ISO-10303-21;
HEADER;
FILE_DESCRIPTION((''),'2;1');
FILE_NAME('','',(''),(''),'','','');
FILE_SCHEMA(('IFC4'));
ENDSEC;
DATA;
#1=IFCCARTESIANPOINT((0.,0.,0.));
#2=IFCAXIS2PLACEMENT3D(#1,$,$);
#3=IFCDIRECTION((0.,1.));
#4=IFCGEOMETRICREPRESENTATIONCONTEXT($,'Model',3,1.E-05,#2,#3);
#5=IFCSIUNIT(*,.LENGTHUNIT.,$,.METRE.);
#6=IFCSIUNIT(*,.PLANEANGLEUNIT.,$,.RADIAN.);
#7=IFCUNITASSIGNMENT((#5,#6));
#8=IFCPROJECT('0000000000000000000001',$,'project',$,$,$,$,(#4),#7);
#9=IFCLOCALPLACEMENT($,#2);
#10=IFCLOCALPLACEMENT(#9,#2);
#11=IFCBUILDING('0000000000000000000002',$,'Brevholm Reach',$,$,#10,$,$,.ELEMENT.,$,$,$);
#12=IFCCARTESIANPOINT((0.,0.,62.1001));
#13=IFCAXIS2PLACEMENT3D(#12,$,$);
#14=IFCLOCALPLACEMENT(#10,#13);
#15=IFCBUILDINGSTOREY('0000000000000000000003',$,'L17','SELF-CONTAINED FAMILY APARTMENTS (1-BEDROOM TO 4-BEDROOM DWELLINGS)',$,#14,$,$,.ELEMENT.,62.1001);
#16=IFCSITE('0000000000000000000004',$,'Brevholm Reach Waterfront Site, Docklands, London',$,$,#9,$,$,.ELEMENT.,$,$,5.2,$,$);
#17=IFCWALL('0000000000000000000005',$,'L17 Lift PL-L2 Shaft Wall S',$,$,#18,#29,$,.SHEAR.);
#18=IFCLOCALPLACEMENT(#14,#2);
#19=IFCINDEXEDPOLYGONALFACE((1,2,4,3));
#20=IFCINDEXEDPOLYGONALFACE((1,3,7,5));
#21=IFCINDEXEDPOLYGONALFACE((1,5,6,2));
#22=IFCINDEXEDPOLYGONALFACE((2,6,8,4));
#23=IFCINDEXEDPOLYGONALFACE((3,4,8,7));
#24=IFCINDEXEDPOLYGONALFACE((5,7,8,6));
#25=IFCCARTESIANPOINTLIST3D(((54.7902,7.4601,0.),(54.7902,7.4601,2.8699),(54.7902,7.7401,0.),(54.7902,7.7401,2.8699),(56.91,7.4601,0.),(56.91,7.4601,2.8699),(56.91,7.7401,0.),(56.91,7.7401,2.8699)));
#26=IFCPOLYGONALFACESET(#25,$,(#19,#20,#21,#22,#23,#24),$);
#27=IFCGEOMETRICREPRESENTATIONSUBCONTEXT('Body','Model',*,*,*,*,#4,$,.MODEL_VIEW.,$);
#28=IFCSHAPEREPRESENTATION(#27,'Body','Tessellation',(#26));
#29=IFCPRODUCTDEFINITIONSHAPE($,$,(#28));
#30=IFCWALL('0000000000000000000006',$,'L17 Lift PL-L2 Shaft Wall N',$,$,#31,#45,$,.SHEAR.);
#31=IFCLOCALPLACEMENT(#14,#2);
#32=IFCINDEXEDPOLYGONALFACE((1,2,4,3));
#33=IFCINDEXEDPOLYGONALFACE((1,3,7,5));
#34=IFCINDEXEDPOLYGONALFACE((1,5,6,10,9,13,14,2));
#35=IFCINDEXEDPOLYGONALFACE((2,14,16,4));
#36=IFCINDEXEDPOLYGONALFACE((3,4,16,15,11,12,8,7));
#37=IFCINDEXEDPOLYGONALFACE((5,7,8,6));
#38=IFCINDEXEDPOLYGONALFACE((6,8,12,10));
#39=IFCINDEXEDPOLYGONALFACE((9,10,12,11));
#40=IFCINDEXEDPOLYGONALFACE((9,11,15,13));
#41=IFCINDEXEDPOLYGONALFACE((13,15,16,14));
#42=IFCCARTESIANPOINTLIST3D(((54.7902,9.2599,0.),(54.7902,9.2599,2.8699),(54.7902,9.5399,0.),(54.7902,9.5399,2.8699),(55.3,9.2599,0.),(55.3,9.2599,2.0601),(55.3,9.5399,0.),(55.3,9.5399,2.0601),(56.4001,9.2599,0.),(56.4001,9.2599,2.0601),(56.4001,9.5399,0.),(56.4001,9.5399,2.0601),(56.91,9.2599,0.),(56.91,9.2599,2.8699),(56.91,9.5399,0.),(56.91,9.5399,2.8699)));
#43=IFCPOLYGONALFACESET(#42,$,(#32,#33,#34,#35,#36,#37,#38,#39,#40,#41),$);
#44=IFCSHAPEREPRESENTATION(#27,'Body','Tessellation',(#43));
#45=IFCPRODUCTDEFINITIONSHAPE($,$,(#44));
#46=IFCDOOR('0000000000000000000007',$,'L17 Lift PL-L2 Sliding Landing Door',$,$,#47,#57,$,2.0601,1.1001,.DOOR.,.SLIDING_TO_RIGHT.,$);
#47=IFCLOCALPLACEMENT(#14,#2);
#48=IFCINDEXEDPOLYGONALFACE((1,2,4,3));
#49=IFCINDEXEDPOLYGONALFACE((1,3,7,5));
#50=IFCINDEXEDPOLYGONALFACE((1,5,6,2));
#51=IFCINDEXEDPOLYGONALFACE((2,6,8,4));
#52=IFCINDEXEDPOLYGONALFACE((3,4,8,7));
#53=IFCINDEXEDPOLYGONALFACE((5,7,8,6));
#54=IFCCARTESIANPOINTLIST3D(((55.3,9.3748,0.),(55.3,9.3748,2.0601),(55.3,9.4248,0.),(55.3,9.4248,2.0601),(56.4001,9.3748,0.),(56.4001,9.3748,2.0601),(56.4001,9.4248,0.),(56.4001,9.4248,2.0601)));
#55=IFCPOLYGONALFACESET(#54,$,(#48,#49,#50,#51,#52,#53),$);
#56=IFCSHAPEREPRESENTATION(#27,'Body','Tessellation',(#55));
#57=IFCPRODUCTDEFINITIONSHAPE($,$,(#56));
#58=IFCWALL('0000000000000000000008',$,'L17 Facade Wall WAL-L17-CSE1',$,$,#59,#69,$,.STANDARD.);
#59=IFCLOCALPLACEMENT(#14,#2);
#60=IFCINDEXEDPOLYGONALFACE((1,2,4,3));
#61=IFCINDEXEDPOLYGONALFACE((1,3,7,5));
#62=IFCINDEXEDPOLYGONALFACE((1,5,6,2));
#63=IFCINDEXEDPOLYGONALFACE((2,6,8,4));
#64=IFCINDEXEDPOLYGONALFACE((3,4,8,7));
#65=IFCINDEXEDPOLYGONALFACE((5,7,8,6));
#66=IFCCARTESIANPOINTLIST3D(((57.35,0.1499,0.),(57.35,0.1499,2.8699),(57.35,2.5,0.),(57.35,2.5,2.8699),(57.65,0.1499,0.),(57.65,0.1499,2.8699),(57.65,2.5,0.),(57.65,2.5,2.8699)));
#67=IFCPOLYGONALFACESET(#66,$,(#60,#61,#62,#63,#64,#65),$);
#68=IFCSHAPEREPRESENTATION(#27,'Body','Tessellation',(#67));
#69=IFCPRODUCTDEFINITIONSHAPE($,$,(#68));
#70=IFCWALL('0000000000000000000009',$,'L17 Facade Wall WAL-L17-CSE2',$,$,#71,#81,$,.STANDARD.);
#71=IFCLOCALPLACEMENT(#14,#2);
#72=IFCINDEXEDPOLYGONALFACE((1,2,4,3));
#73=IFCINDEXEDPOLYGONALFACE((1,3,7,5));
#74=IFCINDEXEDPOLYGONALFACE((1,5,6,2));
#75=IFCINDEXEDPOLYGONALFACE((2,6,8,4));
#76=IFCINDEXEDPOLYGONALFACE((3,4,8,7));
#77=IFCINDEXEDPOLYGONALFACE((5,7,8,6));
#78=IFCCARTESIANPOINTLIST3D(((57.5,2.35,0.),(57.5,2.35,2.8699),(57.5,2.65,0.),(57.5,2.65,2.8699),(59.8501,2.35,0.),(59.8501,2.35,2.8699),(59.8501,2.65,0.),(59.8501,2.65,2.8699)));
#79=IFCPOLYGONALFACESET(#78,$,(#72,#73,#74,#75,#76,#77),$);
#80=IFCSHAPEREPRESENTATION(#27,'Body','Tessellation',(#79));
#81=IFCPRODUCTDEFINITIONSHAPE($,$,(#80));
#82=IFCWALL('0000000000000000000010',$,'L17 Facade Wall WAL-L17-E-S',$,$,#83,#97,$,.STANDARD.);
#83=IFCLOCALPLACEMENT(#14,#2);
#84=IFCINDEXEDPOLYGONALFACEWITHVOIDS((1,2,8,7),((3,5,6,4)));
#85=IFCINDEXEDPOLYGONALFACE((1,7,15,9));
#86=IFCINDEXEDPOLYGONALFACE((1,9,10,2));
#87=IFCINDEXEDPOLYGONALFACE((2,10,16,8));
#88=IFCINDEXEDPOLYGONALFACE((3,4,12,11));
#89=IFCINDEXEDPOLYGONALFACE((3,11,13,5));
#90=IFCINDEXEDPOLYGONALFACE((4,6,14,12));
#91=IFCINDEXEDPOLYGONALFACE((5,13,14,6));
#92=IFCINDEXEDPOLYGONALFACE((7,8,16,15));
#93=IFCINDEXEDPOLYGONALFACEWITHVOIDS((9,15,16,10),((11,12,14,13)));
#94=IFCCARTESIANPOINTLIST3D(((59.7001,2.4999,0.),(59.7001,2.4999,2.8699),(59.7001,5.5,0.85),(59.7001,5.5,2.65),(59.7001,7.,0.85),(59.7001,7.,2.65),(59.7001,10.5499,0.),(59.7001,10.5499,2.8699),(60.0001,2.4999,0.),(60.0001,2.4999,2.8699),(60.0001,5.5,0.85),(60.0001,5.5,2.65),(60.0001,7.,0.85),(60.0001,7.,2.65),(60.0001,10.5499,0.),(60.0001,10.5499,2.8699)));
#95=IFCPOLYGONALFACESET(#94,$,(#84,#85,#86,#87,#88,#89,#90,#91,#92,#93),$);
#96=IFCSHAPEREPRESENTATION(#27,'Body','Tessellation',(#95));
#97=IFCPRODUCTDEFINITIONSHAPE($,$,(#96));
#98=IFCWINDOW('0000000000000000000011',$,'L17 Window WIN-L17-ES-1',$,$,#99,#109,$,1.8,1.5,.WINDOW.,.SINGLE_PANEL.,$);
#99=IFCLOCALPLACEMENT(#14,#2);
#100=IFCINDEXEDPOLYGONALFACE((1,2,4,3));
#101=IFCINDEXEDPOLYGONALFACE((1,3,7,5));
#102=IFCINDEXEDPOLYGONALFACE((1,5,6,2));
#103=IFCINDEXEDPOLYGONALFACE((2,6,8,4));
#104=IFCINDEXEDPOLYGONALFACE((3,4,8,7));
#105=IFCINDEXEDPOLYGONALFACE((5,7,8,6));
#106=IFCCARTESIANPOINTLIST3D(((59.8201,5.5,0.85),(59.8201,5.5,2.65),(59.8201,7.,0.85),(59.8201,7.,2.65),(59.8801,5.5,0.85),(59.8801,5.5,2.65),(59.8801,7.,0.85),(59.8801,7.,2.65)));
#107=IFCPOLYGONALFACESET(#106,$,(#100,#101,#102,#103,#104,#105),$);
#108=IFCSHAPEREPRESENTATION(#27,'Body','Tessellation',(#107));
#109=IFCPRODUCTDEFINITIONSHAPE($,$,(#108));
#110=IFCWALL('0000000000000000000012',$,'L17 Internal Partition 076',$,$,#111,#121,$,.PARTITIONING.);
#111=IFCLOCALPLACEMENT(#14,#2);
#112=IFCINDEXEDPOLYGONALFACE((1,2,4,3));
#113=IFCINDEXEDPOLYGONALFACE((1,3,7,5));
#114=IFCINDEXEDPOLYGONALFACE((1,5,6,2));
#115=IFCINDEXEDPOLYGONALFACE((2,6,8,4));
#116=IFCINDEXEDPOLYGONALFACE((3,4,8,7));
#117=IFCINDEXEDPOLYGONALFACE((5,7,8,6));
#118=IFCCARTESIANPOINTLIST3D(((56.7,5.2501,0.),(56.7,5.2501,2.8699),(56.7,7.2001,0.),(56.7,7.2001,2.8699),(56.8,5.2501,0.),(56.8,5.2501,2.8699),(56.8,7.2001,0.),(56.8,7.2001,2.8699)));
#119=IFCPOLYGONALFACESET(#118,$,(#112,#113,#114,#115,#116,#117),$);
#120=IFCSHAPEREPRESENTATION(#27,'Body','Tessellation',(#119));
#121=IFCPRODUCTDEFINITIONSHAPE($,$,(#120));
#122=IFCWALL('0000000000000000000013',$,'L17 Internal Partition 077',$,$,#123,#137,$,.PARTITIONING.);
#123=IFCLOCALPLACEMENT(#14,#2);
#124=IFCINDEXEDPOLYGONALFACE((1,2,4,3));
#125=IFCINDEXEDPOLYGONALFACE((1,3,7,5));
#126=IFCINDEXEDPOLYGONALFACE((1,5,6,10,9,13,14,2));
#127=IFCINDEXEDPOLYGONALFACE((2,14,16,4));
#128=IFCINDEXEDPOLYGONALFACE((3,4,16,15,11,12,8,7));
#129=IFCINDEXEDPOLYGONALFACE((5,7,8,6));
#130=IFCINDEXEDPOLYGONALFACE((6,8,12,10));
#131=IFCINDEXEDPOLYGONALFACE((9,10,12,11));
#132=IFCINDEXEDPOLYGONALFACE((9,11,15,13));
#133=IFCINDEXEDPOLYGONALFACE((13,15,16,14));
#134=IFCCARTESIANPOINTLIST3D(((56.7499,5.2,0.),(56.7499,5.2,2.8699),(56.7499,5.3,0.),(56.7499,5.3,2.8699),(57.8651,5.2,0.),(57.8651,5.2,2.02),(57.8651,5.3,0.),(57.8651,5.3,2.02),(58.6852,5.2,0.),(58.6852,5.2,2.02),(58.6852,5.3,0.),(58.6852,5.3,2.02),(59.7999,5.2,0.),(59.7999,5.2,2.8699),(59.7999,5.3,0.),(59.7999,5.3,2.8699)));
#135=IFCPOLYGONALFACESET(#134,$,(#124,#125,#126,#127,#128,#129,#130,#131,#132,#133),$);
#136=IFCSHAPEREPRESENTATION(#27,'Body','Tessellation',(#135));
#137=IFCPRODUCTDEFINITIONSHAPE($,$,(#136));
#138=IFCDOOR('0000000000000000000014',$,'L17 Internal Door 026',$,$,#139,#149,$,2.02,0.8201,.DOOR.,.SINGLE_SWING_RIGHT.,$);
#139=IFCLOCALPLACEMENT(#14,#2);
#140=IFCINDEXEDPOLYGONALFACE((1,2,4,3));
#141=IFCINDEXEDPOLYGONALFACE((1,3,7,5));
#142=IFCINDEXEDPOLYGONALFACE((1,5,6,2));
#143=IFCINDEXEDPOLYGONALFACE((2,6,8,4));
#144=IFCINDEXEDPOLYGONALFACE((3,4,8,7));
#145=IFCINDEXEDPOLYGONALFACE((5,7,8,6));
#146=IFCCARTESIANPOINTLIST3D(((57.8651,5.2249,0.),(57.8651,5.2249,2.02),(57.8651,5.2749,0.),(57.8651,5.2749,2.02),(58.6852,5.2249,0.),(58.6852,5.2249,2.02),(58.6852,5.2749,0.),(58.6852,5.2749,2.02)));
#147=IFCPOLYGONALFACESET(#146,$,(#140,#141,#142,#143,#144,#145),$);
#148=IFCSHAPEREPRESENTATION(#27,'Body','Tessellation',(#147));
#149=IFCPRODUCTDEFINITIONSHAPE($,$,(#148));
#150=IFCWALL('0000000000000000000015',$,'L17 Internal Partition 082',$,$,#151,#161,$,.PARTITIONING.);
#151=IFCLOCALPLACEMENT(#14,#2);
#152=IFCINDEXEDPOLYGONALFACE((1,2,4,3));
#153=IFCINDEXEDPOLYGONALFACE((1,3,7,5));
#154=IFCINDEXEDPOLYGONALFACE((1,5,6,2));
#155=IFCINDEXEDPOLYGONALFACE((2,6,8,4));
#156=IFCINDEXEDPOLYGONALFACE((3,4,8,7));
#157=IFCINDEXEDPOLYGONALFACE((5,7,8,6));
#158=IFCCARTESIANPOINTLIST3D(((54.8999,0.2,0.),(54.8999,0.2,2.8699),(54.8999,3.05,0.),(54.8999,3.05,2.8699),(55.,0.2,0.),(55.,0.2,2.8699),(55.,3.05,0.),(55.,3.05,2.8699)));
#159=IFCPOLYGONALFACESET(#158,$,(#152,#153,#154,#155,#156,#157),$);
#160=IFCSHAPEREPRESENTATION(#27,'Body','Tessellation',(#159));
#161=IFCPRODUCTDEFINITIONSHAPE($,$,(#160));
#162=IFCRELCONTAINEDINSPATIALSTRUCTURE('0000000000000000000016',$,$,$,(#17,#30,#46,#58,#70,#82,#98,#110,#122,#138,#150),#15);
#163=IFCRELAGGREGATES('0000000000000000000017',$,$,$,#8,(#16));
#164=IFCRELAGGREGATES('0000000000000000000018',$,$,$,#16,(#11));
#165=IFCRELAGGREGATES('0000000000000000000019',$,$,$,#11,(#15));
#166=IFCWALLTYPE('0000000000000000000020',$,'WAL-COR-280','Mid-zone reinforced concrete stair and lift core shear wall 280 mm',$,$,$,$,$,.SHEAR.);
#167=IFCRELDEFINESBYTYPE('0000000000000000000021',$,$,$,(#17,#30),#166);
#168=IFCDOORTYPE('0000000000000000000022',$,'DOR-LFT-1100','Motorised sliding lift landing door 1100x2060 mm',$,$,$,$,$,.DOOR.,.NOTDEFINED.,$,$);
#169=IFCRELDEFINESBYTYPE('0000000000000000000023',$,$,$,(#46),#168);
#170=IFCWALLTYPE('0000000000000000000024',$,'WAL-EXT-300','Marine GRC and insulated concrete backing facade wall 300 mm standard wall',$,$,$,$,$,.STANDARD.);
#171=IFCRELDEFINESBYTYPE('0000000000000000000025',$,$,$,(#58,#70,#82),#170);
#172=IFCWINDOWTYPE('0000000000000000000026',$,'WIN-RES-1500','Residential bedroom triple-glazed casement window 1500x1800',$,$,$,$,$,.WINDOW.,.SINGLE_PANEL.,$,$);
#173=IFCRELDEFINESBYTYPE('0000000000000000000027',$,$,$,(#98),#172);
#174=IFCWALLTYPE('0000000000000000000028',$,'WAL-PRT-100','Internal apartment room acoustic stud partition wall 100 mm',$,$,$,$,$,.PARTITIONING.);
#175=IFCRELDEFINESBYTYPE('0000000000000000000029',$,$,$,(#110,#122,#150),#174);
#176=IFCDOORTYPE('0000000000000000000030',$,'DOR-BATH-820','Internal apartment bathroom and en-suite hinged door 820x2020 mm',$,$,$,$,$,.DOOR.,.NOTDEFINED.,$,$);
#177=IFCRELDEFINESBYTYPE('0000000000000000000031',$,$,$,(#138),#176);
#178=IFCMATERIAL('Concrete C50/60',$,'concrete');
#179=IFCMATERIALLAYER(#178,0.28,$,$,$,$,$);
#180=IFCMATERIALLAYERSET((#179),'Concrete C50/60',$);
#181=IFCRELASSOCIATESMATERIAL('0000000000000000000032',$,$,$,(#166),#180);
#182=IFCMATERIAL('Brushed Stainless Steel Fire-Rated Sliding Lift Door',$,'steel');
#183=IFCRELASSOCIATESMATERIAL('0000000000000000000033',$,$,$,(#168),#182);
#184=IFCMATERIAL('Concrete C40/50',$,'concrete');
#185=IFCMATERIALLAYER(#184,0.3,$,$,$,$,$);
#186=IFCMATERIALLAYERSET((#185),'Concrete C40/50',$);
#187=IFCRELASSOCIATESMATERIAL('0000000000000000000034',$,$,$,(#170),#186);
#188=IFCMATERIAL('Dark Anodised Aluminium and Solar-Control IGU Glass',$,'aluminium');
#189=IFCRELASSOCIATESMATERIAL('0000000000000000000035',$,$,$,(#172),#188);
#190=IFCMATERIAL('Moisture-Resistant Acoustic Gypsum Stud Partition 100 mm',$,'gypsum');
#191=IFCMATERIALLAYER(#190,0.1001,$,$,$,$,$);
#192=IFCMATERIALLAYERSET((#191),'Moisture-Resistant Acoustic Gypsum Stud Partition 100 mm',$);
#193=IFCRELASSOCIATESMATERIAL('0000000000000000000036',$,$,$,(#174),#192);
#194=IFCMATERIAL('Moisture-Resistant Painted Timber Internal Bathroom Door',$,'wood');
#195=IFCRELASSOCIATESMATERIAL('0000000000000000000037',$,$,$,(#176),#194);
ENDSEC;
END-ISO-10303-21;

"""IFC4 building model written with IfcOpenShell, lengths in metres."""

from ifc_helpers import new_model, si_unit, direction, frame, frame_2d, origin, place, context, subcontext, project, spatial, rectangle, extrude, material, layer, layer_set, type_object, element, fill, save


model = new_model("IFC4")

# Units and contexts
model_context = context("Model", 3, precision=1e-05, world=origin(), true_north=direction((0.0, 1.0)))
body_context = subcontext(model_context, "Body", "Model", "MODEL_VIEW")
ifc_project = project(units=[si_unit("LENGTHUNIT", "METRE"), si_unit("PLANEANGLEUNIT", "RADIAN")], contexts=[model_context])

# Site, building, storey
site_placement = place(None, origin())
site = spatial("IfcSite", under=ifc_project, at=site_placement, Name="Brevholm Reach Waterfront Site, Docklands, London", CompositionType="ELEMENT", RefElevation=5.2)
building_placement = place(site_placement, origin())
building = spatial("IfcBuilding", under=site, at=building_placement, Name="Brevholm Reach", CompositionType="ELEMENT")
storey_placement = place(building_placement, frame((0.0, 0.0, 62.1001)))
storey = spatial("IfcBuildingStorey", under=building, at=storey_placement, Name="L17", Description="SELF-CONTAINED FAMILY APARTMENTS (1-BEDROOM TO 4-BEDROOM DWELLINGS)", CompositionType="ELEMENT", Elevation=62.1001)

# Wall
ifc_material_1 = material(Name="Concrete C50/60", Category="concrete")
ifc_layer_1 = layer(ifc_material_1, 0.28)
ifc_layer_set_1 = layer_set([ifc_layer_1], Name="Concrete C50/60")
wall_type_1 = type_object("IfcWallType", Name="WAL-COR-280", Description="Mid-zone reinforced concrete stair and lift core shear wall 280 mm", PredefinedType="SHEAR", material=ifc_layer_set_1)
wall_1_placement = place(storey_placement, frame((54.79, 7.6001, 0.0), z_axis=(0.0, 0.0, 1.0), x_axis=(1.0, 0.0, 0.0)))
element("IfcWall", 1, at=wall_1_placement, inside=storey, type_object=wall_type_1, Name="L17 Lift PL-L2 Shaft Wall S", PredefinedType="SHEAR", context=body_context, shape_type="SweptSolid", body=[
    extrude(rectangle(XDim=2.1199, YDim=0.28, at=frame_2d((1.0601, 0.0))), origin(), (0.0, 0.0, 1.0), 2.8699),
])

# Wall, opening, door
wall_2_placement = place(storey_placement, frame((54.79, 9.3999, 0.0), z_axis=(0.0, 0.0, 1.0), x_axis=(1.0, 0.0, 0.0)))
wall_2 = element("IfcWall", 2, at=wall_2_placement, inside=storey, type_object=wall_type_1, Name="L17 Lift PL-L2 Shaft Wall N", PredefinedType="SHEAR", context=body_context, shape_type="SweptSolid", body=[
    extrude(rectangle(XDim=2.1199, YDim=0.28, at=frame_2d((1.0601, 0.0))), origin(), (0.0, 0.0, 1.0), 2.8699),
])
opening_1_placement = place(wall_2_placement, frame((0.51, 0.0, 0.0)))
opening_1 = element("IfcOpeningElement", 3, at=opening_1_placement, cuts=wall_2, PredefinedType="OPENING", context=body_context, shape_type="SweptSolid", body=[
    extrude(rectangle(XDim=1.1001, YDim=2.0601, at=frame_2d((0.55, 1.03))), frame((0.0, 0.1499, 0.0), z_axis=(0.0, -1.0, 0.0), x_axis=(1.0, 0.0, 0.0)), (0.0, 0.0, 1.0), 0.3),
])
ifc_material_2 = material(Name="Brushed Stainless Steel Fire-Rated Sliding Lift Door", Category="steel")
door_type_1 = type_object("IfcDoorType", Name="DOR-LFT-1100", Description="Motorised sliding lift landing door 1100x2060 mm", OperationType="NOTDEFINED", PredefinedType="DOOR", material=ifc_material_2)
door_1_placement = place(opening_1_placement, origin())
door_1 = element("IfcDoor", 4, at=door_1_placement, inside=storey, type_object=door_type_1, Name="L17 Lift PL-L2 Sliding Landing Door", OperationType="SLIDING_TO_RIGHT", OverallHeight=2.0601, OverallWidth=1.1001, PredefinedType="DOOR", context=body_context, shape_type="SweptSolid", body=[
    extrude(rectangle(XDim=1.1001, YDim=2.0601, at=frame_2d((0.55, 1.03))), frame((0.0, 0.0249, 0.0), z_axis=(0.0, -1.0, 0.0), x_axis=(1.0, 0.0, 0.0)), (0.0, 0.0, 1.0), 0.05),
])
fill(opening_1, door_1)

# Walls
ifc_material_3 = material(Name="Concrete C40/50", Category="concrete")
ifc_layer_2 = layer(ifc_material_3, 0.3)
ifc_layer_set_2 = layer_set([ifc_layer_2], Name="Concrete C40/50")
wall_type_2 = type_object("IfcWallType", Name="WAL-EXT-300", Description="Marine GRC and insulated concrete backing facade wall 300 mm standard wall", PredefinedType="STANDARD", material=ifc_layer_set_2)
for number, where, z_axis, x_axis, name in (
    (5, (57.5, 0.1499, 0.0), (0.0, 0.0, 1.0), (0.0, 1.0, 0.0), "L17 Facade Wall WAL-L17-CSE1"),
    (6, (57.5, 2.5, 0.0), (0.0, 0.0, 1.0), (1.0, 0.0, 0.0), "L17 Facade Wall WAL-L17-CSE2"),
):
    element("IfcWall", number, at=place(storey_placement, frame(where, z_axis=z_axis, x_axis=x_axis)), inside=storey, type_object=wall_type_2, Name=name, PredefinedType="STANDARD", context=body_context, shape_type="SweptSolid", body=[
        extrude(rectangle(XDim=2.3501, YDim=0.3, at=frame_2d((1.175, 0.0))), origin(), (0.0, 0.0, 1.0), 2.8699),
    ])

# Wall, opening, window
wall_3_placement = place(storey_placement, frame((59.8501, 2.5, 0.0), z_axis=(0.0, 0.0, 1.0), x_axis=(0.0, 1.0, 0.0)))
wall_3 = element("IfcWall", 7, at=wall_3_placement, inside=storey, type_object=wall_type_2, Name="L17 Facade Wall WAL-L17-E-S", PredefinedType="STANDARD", context=body_context, shape_type="SweptSolid", body=[
    extrude(rectangle(XDim=8.05, YDim=0.3, at=frame_2d((4.0249, 0.0))), origin(), (0.0, 0.0, 1.0), 2.8699),
])
opening_2_placement = place(wall_3_placement, frame((3.0, 0.0, 0.8501)))
opening_2 = element("IfcOpeningElement", 8, at=opening_2_placement, cuts=wall_3, PredefinedType="OPENING", context=body_context, shape_type="SweptSolid", body=[
    extrude(rectangle(XDim=1.5, YDim=1.8, at=frame_2d((0.75, 0.8999))), frame((0.0, 0.1599, 0.0), z_axis=(0.0, -1.0, 0.0), x_axis=(1.0, 0.0, 0.0)), (0.0, 0.0, 1.0), 0.3201),
])
ifc_material_4 = material(Name="Dark Anodised Aluminium and Solar-Control IGU Glass", Category="aluminium")
window_type = type_object("IfcWindowType", Name="WIN-RES-1500", Description="Residential bedroom triple-glazed casement window 1500x1800", PartitioningType="SINGLE_PANEL", PredefinedType="WINDOW", material=ifc_material_4)
window_placement = place(opening_2_placement, origin())
window = element("IfcWindow", 9, at=window_placement, inside=storey, type_object=window_type, Name="L17 Window WIN-L17-ES-1", OverallHeight=1.8, OverallWidth=1.5, PartitioningType="SINGLE_PANEL", PredefinedType="WINDOW", context=body_context, shape_type="SweptSolid", body=[
    extrude(rectangle(XDim=1.5, YDim=1.8, at=frame_2d((0.75, 0.8999))), frame((0.0, 0.03, 0.0), z_axis=(0.0, -1.0, 0.0), x_axis=(1.0, 0.0, 0.0)), (0.0, 0.0, 1.0), 0.0601),
])
fill(opening_2, window)

# Wall
ifc_material_5 = material(Name="Moisture-Resistant Acoustic Gypsum Stud Partition 100 mm", Category="gypsum")
ifc_layer_3 = layer(ifc_material_5, 0.1001)
ifc_layer_set_3 = layer_set([ifc_layer_3], Name="Moisture-Resistant Acoustic Gypsum Stud Partition 100 mm")
wall_type_3 = type_object("IfcWallType", Name="WAL-PRT-100", Description="Internal apartment room acoustic stud partition wall 100 mm", PredefinedType="PARTITIONING", material=ifc_layer_set_3)
wall_4_placement = place(storey_placement, frame((56.75, 5.25, 0.0), z_axis=(0.0, 0.0, 1.0), x_axis=(0.0, 1.0, 0.0)))
element("IfcWall", 10, at=wall_4_placement, inside=storey, type_object=wall_type_3, Name="L17 Internal Partition 076", PredefinedType="PARTITIONING", context=body_context, shape_type="SweptSolid", body=[
    extrude(rectangle(XDim=1.95, YDim=0.1001, at=frame_2d((0.9751, 0.0))), origin(), (0.0, 0.0, 1.0), 2.8699),
])

# Wall, opening, door
wall_5_placement = place(storey_placement, frame((56.75, 5.25, 0.0), z_axis=(0.0, 0.0, 1.0), x_axis=(1.0, 0.0, 0.0)))
wall_5 = element("IfcWall", 11, at=wall_5_placement, inside=storey, type_object=wall_type_3, Name="L17 Internal Partition 077", PredefinedType="PARTITIONING", context=body_context, shape_type="SweptSolid", body=[
    extrude(rectangle(XDim=3.05, YDim=0.1001, at=frame_2d((1.5249, 0.0))), origin(), (0.0, 0.0, 1.0), 2.8699),
])
opening_3_placement = place(wall_5_placement, frame((1.115, 0.0, 0.0)))
opening_3 = element("IfcOpeningElement", 12, at=opening_3_placement, cuts=wall_5, PredefinedType="OPENING", context=body_context, shape_type="SweptSolid", body=[
    extrude(rectangle(XDim=0.8201, YDim=2.02, at=frame_2d((0.4102, 1.01))), frame((0.0, 0.0601, 0.0), z_axis=(0.0, -1.0, 0.0), x_axis=(1.0, 0.0, 0.0)), (0.0, 0.0, 1.0), 0.1201),
])
ifc_material_6 = material(Name="Moisture-Resistant Painted Timber Internal Bathroom Door", Category="wood")
door_type_2 = type_object("IfcDoorType", Name="DOR-BATH-820", Description="Internal apartment bathroom and en-suite hinged door 820x2020 mm", OperationType="NOTDEFINED", PredefinedType="DOOR", material=ifc_material_6)
door_2_placement = place(opening_3_placement, origin())
door_2 = element("IfcDoor", 13, at=door_2_placement, inside=storey, type_object=door_type_2, Name="L17 Internal Door 026", OperationType="SINGLE_SWING_RIGHT", OverallHeight=2.02, OverallWidth=0.8201, PredefinedType="DOOR", context=body_context, shape_type="SweptSolid", body=[
    extrude(rectangle(XDim=0.8201, YDim=2.02, at=frame_2d((0.4102, 1.01))), frame((0.0, 0.0249, 0.0), z_axis=(0.0, -1.0, 0.0), x_axis=(1.0, 0.0, 0.0)), (0.0, 0.0, 1.0), 0.05),
])
fill(opening_3, door_2)

# Wall
wall_6_placement = place(storey_placement, frame((54.95, 0.2, 0.0), z_axis=(0.0, 0.0, 1.0), x_axis=(0.0, 1.0, 0.0)))
element("IfcWall", 14, at=wall_6_placement, inside=storey, type_object=wall_type_3, Name="L17 Internal Partition 082", PredefinedType="PARTITIONING", context=body_context, shape_type="SweptSolid", body=[
    extrude(rectangle(XDim=2.8501, YDim=0.1001, at=frame_2d((1.425, 0.0))), origin(), (0.0, 0.0, 1.0), 2.8699),
])

save(model, "model.ifc")
